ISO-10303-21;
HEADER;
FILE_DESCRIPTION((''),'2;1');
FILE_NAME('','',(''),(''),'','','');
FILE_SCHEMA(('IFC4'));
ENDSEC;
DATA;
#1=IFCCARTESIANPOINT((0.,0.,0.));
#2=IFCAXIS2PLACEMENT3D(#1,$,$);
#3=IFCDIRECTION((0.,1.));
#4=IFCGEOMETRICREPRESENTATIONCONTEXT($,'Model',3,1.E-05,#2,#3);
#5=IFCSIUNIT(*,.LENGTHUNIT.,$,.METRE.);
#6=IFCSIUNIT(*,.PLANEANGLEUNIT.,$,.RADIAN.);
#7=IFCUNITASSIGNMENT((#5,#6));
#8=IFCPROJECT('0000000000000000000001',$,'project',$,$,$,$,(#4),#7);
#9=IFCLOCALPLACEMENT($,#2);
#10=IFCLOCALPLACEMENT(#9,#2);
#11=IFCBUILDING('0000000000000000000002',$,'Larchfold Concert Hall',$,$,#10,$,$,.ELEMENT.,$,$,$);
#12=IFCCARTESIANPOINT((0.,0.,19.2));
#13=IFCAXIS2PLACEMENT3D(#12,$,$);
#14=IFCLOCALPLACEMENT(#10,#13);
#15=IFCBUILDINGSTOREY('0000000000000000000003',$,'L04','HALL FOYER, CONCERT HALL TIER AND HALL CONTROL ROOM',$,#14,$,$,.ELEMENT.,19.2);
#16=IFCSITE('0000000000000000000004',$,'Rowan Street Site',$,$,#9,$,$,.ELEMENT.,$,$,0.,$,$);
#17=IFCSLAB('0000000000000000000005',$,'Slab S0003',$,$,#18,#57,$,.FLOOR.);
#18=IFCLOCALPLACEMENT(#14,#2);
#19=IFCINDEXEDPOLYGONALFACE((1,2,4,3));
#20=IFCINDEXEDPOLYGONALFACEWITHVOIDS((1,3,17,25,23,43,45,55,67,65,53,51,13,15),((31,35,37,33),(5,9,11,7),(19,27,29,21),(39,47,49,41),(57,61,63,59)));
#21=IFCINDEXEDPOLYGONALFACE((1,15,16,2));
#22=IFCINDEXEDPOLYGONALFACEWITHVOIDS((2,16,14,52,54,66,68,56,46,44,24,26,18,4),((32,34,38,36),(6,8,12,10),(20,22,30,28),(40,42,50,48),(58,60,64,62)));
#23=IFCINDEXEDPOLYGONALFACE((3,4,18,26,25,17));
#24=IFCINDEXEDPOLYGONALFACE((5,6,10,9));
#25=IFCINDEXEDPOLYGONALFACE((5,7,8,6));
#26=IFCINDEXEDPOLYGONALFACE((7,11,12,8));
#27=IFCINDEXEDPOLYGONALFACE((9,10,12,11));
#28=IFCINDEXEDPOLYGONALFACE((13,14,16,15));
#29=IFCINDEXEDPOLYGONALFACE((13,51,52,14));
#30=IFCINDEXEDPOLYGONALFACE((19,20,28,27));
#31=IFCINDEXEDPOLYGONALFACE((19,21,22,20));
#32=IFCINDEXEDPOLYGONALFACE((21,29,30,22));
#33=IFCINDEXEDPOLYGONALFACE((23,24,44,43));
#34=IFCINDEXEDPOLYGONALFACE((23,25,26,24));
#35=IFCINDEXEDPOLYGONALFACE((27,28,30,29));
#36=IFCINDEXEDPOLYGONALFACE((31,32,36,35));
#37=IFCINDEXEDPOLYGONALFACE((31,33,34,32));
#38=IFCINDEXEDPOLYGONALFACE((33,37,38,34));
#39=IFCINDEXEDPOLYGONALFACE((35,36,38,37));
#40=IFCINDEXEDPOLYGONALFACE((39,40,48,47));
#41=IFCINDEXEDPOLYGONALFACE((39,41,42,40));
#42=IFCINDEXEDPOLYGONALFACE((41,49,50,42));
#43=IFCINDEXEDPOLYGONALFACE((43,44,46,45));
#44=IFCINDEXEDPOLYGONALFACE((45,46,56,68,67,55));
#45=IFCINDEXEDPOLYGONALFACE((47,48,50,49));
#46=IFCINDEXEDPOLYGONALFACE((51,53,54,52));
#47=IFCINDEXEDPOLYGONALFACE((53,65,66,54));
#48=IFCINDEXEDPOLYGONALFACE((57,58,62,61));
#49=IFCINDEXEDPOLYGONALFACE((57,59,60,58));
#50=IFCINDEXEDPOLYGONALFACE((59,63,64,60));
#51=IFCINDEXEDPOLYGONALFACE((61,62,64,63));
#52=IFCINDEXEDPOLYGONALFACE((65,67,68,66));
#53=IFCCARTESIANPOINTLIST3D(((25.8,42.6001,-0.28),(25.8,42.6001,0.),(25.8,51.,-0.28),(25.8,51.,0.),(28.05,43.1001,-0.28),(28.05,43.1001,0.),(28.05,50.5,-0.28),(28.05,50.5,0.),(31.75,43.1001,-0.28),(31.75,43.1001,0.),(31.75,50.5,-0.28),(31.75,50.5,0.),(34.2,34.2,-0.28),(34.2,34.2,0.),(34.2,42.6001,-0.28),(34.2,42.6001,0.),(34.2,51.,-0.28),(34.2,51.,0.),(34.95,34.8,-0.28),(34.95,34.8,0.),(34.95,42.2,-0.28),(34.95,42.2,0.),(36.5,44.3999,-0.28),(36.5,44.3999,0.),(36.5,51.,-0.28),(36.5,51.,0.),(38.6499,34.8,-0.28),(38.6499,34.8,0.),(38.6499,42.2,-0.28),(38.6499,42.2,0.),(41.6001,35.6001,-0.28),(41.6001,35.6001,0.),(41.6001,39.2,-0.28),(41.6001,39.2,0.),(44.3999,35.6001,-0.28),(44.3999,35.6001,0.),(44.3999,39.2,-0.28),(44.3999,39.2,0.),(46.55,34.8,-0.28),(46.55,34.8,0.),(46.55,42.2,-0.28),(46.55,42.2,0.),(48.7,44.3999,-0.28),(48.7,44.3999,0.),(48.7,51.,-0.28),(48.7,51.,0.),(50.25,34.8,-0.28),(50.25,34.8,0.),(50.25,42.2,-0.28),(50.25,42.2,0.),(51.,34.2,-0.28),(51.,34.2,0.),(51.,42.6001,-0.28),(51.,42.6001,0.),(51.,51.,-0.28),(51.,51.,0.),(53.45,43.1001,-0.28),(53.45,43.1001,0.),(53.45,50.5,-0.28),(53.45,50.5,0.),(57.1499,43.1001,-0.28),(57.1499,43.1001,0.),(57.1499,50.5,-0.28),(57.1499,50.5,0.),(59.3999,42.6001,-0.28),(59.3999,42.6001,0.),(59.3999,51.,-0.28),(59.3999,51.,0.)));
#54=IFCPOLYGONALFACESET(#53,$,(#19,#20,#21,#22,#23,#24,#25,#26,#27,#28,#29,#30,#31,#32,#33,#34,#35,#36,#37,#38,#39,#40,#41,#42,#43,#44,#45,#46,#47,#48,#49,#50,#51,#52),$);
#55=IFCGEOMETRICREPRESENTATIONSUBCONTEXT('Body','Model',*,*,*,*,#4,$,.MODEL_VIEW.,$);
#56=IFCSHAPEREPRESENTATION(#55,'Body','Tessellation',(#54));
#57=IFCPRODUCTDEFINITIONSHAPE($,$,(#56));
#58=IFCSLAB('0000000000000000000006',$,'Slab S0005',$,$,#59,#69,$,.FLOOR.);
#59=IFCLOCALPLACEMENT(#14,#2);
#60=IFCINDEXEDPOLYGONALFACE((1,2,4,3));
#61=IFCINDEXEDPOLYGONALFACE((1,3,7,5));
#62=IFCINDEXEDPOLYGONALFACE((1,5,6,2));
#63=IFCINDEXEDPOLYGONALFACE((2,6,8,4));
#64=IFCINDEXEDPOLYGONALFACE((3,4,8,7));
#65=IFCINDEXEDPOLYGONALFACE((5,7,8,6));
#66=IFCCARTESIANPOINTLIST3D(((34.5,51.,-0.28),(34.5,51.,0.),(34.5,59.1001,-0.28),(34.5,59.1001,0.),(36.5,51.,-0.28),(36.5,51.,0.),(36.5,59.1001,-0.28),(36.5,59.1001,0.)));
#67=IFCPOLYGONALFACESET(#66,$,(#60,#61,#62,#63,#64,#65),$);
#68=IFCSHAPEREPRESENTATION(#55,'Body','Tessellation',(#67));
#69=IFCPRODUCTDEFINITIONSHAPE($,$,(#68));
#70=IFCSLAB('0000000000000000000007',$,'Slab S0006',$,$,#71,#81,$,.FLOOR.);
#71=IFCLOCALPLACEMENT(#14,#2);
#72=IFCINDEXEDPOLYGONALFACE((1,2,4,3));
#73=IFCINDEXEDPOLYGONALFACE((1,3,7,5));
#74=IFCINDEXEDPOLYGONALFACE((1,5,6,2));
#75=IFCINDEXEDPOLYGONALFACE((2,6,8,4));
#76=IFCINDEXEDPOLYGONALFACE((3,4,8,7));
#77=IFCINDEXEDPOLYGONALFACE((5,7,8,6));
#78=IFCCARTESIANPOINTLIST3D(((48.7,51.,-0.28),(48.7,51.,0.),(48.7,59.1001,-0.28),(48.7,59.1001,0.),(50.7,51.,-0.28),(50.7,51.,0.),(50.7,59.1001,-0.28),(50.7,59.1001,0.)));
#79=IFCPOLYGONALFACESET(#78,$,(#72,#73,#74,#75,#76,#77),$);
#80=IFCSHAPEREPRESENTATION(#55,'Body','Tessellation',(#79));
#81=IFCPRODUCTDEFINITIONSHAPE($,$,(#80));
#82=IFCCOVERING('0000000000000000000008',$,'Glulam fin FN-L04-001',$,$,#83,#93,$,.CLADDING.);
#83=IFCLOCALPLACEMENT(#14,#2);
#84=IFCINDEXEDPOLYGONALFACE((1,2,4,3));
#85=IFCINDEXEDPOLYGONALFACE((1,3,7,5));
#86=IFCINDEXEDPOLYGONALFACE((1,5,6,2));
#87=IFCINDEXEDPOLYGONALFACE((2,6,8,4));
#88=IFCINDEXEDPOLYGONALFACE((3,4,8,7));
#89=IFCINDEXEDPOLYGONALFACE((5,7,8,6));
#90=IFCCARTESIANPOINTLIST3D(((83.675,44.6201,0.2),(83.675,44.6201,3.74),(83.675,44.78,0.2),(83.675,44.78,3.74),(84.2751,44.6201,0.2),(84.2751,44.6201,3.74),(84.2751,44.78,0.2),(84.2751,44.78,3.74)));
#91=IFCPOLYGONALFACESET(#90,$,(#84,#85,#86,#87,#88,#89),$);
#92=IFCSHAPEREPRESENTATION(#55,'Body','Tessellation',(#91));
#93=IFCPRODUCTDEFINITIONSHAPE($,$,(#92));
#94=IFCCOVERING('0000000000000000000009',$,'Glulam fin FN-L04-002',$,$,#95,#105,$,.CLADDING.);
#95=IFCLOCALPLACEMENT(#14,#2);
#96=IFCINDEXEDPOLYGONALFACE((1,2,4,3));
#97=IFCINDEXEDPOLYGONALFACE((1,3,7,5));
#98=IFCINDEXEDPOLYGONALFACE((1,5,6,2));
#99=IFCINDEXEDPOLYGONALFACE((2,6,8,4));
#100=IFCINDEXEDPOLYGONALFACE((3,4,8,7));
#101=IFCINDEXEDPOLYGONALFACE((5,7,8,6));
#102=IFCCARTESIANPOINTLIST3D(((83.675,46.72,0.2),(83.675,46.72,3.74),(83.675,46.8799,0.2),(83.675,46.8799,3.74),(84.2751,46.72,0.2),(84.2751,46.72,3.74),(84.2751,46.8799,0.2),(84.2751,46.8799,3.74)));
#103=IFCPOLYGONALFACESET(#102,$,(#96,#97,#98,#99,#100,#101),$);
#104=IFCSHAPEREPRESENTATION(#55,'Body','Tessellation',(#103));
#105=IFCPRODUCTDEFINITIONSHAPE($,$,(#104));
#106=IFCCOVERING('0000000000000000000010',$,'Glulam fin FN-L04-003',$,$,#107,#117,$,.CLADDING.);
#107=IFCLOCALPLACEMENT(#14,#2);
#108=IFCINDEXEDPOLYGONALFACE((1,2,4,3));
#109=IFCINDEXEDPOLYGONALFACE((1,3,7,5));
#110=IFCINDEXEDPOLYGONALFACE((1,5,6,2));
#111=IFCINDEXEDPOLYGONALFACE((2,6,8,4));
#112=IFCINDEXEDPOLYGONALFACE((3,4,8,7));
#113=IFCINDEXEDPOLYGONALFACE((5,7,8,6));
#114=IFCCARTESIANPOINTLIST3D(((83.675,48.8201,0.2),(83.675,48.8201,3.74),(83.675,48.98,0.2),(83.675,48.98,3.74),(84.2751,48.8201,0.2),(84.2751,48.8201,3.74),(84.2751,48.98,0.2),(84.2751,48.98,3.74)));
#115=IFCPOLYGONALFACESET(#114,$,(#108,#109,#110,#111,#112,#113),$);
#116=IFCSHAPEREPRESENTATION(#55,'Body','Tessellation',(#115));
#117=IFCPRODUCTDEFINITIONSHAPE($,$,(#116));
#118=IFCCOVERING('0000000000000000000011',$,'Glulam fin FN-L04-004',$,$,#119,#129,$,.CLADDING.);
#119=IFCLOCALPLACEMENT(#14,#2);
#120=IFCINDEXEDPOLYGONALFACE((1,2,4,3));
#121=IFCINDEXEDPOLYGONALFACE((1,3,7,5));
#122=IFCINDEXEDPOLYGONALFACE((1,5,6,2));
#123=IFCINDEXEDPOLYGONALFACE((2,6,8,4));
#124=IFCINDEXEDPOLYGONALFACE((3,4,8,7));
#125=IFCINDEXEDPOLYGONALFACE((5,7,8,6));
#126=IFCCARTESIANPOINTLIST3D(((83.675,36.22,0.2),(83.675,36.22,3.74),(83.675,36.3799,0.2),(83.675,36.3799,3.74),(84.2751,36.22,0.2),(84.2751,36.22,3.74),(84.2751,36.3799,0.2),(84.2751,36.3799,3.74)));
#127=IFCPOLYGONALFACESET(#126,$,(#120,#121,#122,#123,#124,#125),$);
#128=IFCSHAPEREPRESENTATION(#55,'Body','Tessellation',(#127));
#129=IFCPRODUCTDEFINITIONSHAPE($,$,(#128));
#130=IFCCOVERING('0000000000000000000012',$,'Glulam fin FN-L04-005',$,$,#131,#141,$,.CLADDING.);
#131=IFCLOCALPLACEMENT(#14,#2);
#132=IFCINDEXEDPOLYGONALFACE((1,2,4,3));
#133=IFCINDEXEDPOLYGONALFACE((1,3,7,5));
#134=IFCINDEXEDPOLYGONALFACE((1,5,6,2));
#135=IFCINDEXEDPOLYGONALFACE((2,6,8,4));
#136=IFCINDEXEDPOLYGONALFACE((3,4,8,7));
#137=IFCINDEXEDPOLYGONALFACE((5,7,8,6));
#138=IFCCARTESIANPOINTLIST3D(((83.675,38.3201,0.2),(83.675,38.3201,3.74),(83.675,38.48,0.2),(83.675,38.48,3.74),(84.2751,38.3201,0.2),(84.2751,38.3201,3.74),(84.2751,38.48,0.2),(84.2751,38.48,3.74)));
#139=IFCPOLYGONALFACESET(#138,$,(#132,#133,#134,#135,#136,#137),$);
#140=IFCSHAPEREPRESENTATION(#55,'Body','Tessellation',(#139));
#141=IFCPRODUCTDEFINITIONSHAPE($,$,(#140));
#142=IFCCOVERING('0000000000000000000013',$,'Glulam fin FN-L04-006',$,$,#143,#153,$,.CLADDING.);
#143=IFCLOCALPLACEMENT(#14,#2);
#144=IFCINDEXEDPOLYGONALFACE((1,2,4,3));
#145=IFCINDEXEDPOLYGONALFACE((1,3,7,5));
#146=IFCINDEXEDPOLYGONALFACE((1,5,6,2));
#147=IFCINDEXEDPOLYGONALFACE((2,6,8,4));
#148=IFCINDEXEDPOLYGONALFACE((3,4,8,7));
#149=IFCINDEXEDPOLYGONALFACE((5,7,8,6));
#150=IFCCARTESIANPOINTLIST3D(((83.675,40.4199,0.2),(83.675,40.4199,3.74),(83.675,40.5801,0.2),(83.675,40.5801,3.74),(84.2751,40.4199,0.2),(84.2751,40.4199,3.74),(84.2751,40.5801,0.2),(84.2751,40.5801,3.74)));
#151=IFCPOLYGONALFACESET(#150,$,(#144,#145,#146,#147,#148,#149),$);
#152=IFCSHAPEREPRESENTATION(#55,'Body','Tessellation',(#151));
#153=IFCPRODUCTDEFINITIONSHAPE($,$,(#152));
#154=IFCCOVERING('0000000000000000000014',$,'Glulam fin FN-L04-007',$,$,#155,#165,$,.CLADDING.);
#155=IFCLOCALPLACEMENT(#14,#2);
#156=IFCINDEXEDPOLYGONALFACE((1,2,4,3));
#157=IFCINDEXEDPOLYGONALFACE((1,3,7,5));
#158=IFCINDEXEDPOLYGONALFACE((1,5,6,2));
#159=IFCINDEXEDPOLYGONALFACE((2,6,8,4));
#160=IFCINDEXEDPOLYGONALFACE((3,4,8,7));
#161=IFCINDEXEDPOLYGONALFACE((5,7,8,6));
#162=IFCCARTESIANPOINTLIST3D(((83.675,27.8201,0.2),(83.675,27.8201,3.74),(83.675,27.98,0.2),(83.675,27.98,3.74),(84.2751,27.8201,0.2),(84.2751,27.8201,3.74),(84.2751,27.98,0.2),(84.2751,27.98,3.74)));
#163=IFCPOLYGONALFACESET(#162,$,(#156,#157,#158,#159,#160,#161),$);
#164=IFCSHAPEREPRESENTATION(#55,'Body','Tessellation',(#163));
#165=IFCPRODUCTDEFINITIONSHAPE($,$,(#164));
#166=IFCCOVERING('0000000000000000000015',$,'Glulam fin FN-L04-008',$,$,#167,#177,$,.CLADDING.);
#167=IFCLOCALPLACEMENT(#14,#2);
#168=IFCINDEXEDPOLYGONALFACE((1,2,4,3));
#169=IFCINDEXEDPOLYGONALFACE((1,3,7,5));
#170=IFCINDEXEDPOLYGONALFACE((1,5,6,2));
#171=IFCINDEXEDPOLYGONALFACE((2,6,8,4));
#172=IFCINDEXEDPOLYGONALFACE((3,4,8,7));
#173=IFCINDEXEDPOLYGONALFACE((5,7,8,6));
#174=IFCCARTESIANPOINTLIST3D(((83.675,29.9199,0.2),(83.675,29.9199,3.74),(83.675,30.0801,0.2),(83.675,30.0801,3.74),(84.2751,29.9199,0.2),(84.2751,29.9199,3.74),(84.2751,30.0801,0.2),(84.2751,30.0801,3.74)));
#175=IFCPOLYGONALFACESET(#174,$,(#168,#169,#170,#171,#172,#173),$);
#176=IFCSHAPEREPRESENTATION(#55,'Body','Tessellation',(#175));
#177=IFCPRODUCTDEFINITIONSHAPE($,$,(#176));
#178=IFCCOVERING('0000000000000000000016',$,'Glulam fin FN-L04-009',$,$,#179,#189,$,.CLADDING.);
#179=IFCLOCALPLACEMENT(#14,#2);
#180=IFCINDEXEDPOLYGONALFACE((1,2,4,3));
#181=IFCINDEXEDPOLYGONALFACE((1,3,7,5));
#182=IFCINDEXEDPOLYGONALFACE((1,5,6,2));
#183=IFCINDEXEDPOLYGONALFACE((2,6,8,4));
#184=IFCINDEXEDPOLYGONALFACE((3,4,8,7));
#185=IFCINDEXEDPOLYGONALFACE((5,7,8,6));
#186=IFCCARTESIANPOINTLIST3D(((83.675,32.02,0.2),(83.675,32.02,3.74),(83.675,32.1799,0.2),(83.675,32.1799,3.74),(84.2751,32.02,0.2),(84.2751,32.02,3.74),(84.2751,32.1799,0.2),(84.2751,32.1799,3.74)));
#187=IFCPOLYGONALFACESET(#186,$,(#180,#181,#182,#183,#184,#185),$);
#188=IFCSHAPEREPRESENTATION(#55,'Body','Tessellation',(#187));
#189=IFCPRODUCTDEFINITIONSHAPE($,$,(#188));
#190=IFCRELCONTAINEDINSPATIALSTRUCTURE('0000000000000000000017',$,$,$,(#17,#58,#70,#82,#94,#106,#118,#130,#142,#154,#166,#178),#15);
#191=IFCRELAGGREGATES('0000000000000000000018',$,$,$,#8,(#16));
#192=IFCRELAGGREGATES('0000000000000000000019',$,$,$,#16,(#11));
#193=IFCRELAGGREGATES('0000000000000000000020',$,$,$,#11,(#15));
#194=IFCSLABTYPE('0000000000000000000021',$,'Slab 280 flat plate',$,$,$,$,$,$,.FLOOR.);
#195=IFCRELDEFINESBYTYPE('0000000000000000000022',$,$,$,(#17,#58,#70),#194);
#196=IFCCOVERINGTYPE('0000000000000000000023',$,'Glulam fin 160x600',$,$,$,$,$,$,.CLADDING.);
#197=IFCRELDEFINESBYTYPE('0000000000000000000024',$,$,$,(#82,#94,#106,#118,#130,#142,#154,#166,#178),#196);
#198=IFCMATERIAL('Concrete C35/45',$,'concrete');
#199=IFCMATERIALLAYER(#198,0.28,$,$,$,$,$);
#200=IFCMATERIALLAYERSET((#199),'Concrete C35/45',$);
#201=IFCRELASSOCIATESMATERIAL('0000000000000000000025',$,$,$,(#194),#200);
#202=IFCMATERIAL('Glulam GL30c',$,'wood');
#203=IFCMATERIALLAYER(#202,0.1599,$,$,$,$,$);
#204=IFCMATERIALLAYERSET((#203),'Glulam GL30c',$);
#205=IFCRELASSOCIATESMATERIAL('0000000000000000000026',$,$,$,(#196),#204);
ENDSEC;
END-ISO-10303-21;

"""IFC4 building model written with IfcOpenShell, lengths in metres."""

from ifc_helpers import new_model, si_unit, direction, frame, origin, place, context, subcontext, project, spatial, polyline, outline, extrude, material, layer, layer_set, type_object, element, save


model = new_model("IFC4")

# Units and contexts
model_context = context("Model", 3, precision=1e-05, world=origin(), true_north=direction((0.0, 1.0)))
body_context = subcontext(model_context, "Body", "Model", "MODEL_VIEW")
ifc_project = project(units=[si_unit("LENGTHUNIT", "METRE"), si_unit("PLANEANGLEUNIT", "RADIAN")], contexts=[model_context])

# Site, building, storey
site_placement = place(None, origin())
site = spatial("IfcSite", under=ifc_project, at=site_placement, Name="Rowan Street Site", CompositionType="ELEMENT", RefElevation=0.0)
building_placement = place(site_placement, origin())
building = spatial("IfcBuilding", under=site, at=building_placement, Name="Larchfold Concert Hall", CompositionType="ELEMENT")
storey_placement = place(building_placement, frame((0.0, 0.0, 19.2)))
storey = spatial("IfcBuildingStorey", under=building, at=storey_placement, Name="L04", Description="HALL FOYER, CONCERT HALL TIER AND HALL CONTROL ROOM", CompositionType="ELEMENT", Elevation=19.2)

# Slabs
ifc_material_1 = material(Name="Concrete C35/45", Category="concrete")
ifc_layer_1 = layer(ifc_material_1, 0.28)
ifc_layer_set_1 = layer_set([ifc_layer_1], Name="Concrete C35/45")
slab_type_1 = type_object("IfcSlabType", Name="Slab 280 flat plate", PredefinedType="FLOOR", material=ifc_layer_set_1)
slab_1_placement = place(storey_placement, frame((0.0, 0.0, -0.28)))
element("IfcSlab", 1, at=slab_1_placement, inside=storey, type_object=slab_type_1, Name="Slab S0003", PredefinedType="FLOOR", context=body_context, shape_type="SweptSolid", body=[
    extrude(outline(polyline([(59.3999, 51.0), (51.0, 51.0), (48.7, 51.0), (48.7, 44.3999), (36.5, 44.3999), (36.5, 51.0), (34.2, 51.0), (34.2, 59.3999), (34.2, 51.0), (25.8, 51.0), (25.8, 42.6001), (34.2, 42.6001), (34.2, 34.2), (51.0, 34.2), (51.0, 42.6001), (59.3999, 42.6001), (59.3999, 51.0)]), holes=[polyline([(41.6001, 35.6001), (41.6001, 39.2), (44.3999, 39.2), (44.3999, 35.6001), (41.6001, 35.6001)]), polyline([(34.95, 42.2), (38.6499, 42.2), (38.6499, 34.8), (34.95, 34.8), (34.95, 42.2)]), polyline([(46.55, 42.2), (50.25, 42.2), (50.25, 34.8), (46.55, 34.8), (46.55, 42.2)]), polyline([(28.05, 50.5), (31.75, 50.5), (31.75, 43.1001), (28.05, 43.1001), (28.05, 50.5)]), polyline([(53.45, 50.5), (57.1499, 50.5), (57.1499, 43.1001), (53.45, 43.1001), (53.45, 50.5)])]), origin(), (0.0, 0.0, 1.0), 0.28),
])
slab_2_placement = place(storey_placement, frame((0.0, 0.0, -0.28)))
element("IfcSlab", 2, at=slab_2_placement, inside=storey, type_object=slab_type_1, Name="Slab S0005", PredefinedType="FLOOR", context=body_context, shape_type="SweptSolid", body=[
    extrude(outline(polyline([(36.5, 51.0), (36.5, 59.1001), (34.5, 59.1001), (34.5, 51.0), (36.5, 51.0)])), origin(), (0.0, 0.0, 1.0), 0.28),
])
slab_3_placement = place(storey_placement, frame((0.0, 0.0, -0.28)))
element("IfcSlab", 3, at=slab_3_placement, inside=storey, type_object=slab_type_1, Name="Slab S0006", PredefinedType="FLOOR", context=body_context, shape_type="SweptSolid", body=[
    extrude(outline(polyline([(50.7, 51.0), (50.7, 59.1001), (48.7, 59.1001), (48.7, 51.0), (50.7, 51.0)])), origin(), (0.0, 0.0, 1.0), 0.28),
])

# Coverings
ifc_material_2 = material(Name="Glulam GL30c", Category="wood")
ifc_layer_2 = layer(ifc_material_2, 0.1599)
ifc_layer_set_2 = layer_set([ifc_layer_2], Name="Glulam GL30c")
covering_type_1 = type_object("IfcCoveringType", Name="Glulam fin 160x600", PredefinedType="CLADDING", material=ifc_layer_set_2)
covering_1_placement = place(storey_placement, frame((0.0, 0.0, 0.2)))
element("IfcCovering", 4, at=covering_1_placement, inside=storey, type_object=covering_type_1, Name="Glulam fin FN-L04-001", PredefinedType="CLADDING", context=body_context, shape_type="SweptSolid", body=[
    extrude(outline(polyline([(84.2751, 44.6201), (84.2751, 44.78), (83.675, 44.78), (83.675, 44.6201), (84.2751, 44.6201)])), origin(), (0.0, 0.0, 1.0), 3.54),
])
covering_2_placement = place(storey_placement, frame((0.0, 0.0, 0.2)))
element("IfcCovering", 5, at=covering_2_placement, inside=storey, type_object=covering_type_1, Name="Glulam fin FN-L04-002", PredefinedType="CLADDING", context=body_context, shape_type="SweptSolid", body=[
    extrude(outline(polyline([(84.2751, 46.72), (84.2751, 46.8799), (83.675, 46.8799), (83.675, 46.72), (84.2751, 46.72)])), origin(), (0.0, 0.0, 1.0), 3.54),
])
covering_3_placement = place(storey_placement, frame((0.0, 0.0, 0.2)))
element("IfcCovering", 6, at=covering_3_placement, inside=storey, type_object=covering_type_1, Name="Glulam fin FN-L04-003", PredefinedType="CLADDING", context=body_context, shape_type="SweptSolid", body=[
    extrude(outline(polyline([(84.2751, 48.8201), (84.2751, 48.98), (83.675, 48.98), (83.675, 48.8201), (84.2751, 48.8201)])), origin(), (0.0, 0.0, 1.0), 3.54),
])
covering_4_placement = place(storey_placement, frame((0.0, 0.0, 0.2)))
element("IfcCovering", 7, at=covering_4_placement, inside=storey, type_object=covering_type_1, Name="Glulam fin FN-L04-004", PredefinedType="CLADDING", context=body_context, shape_type="SweptSolid", body=[
    extrude(outline(polyline([(84.2751, 36.22), (84.2751, 36.3799), (83.675, 36.3799), (83.675, 36.22), (84.2751, 36.22)])), origin(), (0.0, 0.0, 1.0), 3.54),
])
covering_5_placement = place(storey_placement, frame((0.0, 0.0, 0.2)))
element("IfcCovering", 8, at=covering_5_placement, inside=storey, type_object=covering_type_1, Name="Glulam fin FN-L04-005", PredefinedType="CLADDING", context=body_context, shape_type="SweptSolid", body=[
    extrude(outline(polyline([(84.2751, 38.3201), (84.2751, 38.48), (83.675, 38.48), (83.675, 38.3201), (84.2751, 38.3201)])), origin(), (0.0, 0.0, 1.0), 3.54),
])
covering_6_placement = place(storey_placement, frame((0.0, 0.0, 0.2)))
element("IfcCovering", 9, at=covering_6_placement, inside=storey, type_object=covering_type_1, Name="Glulam fin FN-L04-006", PredefinedType="CLADDING", context=body_context, shape_type="SweptSolid", body=[
    extrude(outline(polyline([(84.2751, 40.4199), (84.2751, 40.5801), (83.675, 40.5801), (83.675, 40.4199), (84.2751, 40.4199)])), origin(), (0.0, 0.0, 1.0), 3.54),
])
covering_7_placement = place(storey_placement, frame((0.0, 0.0, 0.2)))
element("IfcCovering", 10, at=covering_7_placement, inside=storey, type_object=covering_type_1, Name="Glulam fin FN-L04-007", PredefinedType="CLADDING", context=body_context, shape_type="SweptSolid", body=[
    extrude(outline(polyline([(84.2751, 27.8201), (84.2751, 27.98), (83.675, 27.98), (83.675, 27.8201), (84.2751, 27.8201)])), origin(), (0.0, 0.0, 1.0), 3.54),
])
covering_8_placement = place(storey_placement, frame((0.0, 0.0, 0.2)))
element("IfcCovering", 11, at=covering_8_placement, inside=storey, type_object=covering_type_1, Name="Glulam fin FN-L04-008", PredefinedType="CLADDING", context=body_context, shape_type="SweptSolid", body=[
    extrude(outline(polyline([(84.2751, 29.9199), (84.2751, 30.0801), (83.675, 30.0801), (83.675, 29.9199), (84.2751, 29.9199)])), origin(), (0.0, 0.0, 1.0), 3.54),
])
covering_9_placement = place(storey_placement, frame((0.0, 0.0, 0.2)))
element("IfcCovering", 12, at=covering_9_placement, inside=storey, type_object=covering_type_1, Name="Glulam fin FN-L04-009", PredefinedType="CLADDING", context=body_context, shape_type="SweptSolid", body=[
    extrude(outline(polyline([(84.2751, 32.02), (84.2751, 32.1799), (83.675, 32.1799), (83.675, 32.02), (84.2751, 32.02)])), origin(), (0.0, 0.0, 1.0), 3.54),
])

save(model, "model.ifc")
